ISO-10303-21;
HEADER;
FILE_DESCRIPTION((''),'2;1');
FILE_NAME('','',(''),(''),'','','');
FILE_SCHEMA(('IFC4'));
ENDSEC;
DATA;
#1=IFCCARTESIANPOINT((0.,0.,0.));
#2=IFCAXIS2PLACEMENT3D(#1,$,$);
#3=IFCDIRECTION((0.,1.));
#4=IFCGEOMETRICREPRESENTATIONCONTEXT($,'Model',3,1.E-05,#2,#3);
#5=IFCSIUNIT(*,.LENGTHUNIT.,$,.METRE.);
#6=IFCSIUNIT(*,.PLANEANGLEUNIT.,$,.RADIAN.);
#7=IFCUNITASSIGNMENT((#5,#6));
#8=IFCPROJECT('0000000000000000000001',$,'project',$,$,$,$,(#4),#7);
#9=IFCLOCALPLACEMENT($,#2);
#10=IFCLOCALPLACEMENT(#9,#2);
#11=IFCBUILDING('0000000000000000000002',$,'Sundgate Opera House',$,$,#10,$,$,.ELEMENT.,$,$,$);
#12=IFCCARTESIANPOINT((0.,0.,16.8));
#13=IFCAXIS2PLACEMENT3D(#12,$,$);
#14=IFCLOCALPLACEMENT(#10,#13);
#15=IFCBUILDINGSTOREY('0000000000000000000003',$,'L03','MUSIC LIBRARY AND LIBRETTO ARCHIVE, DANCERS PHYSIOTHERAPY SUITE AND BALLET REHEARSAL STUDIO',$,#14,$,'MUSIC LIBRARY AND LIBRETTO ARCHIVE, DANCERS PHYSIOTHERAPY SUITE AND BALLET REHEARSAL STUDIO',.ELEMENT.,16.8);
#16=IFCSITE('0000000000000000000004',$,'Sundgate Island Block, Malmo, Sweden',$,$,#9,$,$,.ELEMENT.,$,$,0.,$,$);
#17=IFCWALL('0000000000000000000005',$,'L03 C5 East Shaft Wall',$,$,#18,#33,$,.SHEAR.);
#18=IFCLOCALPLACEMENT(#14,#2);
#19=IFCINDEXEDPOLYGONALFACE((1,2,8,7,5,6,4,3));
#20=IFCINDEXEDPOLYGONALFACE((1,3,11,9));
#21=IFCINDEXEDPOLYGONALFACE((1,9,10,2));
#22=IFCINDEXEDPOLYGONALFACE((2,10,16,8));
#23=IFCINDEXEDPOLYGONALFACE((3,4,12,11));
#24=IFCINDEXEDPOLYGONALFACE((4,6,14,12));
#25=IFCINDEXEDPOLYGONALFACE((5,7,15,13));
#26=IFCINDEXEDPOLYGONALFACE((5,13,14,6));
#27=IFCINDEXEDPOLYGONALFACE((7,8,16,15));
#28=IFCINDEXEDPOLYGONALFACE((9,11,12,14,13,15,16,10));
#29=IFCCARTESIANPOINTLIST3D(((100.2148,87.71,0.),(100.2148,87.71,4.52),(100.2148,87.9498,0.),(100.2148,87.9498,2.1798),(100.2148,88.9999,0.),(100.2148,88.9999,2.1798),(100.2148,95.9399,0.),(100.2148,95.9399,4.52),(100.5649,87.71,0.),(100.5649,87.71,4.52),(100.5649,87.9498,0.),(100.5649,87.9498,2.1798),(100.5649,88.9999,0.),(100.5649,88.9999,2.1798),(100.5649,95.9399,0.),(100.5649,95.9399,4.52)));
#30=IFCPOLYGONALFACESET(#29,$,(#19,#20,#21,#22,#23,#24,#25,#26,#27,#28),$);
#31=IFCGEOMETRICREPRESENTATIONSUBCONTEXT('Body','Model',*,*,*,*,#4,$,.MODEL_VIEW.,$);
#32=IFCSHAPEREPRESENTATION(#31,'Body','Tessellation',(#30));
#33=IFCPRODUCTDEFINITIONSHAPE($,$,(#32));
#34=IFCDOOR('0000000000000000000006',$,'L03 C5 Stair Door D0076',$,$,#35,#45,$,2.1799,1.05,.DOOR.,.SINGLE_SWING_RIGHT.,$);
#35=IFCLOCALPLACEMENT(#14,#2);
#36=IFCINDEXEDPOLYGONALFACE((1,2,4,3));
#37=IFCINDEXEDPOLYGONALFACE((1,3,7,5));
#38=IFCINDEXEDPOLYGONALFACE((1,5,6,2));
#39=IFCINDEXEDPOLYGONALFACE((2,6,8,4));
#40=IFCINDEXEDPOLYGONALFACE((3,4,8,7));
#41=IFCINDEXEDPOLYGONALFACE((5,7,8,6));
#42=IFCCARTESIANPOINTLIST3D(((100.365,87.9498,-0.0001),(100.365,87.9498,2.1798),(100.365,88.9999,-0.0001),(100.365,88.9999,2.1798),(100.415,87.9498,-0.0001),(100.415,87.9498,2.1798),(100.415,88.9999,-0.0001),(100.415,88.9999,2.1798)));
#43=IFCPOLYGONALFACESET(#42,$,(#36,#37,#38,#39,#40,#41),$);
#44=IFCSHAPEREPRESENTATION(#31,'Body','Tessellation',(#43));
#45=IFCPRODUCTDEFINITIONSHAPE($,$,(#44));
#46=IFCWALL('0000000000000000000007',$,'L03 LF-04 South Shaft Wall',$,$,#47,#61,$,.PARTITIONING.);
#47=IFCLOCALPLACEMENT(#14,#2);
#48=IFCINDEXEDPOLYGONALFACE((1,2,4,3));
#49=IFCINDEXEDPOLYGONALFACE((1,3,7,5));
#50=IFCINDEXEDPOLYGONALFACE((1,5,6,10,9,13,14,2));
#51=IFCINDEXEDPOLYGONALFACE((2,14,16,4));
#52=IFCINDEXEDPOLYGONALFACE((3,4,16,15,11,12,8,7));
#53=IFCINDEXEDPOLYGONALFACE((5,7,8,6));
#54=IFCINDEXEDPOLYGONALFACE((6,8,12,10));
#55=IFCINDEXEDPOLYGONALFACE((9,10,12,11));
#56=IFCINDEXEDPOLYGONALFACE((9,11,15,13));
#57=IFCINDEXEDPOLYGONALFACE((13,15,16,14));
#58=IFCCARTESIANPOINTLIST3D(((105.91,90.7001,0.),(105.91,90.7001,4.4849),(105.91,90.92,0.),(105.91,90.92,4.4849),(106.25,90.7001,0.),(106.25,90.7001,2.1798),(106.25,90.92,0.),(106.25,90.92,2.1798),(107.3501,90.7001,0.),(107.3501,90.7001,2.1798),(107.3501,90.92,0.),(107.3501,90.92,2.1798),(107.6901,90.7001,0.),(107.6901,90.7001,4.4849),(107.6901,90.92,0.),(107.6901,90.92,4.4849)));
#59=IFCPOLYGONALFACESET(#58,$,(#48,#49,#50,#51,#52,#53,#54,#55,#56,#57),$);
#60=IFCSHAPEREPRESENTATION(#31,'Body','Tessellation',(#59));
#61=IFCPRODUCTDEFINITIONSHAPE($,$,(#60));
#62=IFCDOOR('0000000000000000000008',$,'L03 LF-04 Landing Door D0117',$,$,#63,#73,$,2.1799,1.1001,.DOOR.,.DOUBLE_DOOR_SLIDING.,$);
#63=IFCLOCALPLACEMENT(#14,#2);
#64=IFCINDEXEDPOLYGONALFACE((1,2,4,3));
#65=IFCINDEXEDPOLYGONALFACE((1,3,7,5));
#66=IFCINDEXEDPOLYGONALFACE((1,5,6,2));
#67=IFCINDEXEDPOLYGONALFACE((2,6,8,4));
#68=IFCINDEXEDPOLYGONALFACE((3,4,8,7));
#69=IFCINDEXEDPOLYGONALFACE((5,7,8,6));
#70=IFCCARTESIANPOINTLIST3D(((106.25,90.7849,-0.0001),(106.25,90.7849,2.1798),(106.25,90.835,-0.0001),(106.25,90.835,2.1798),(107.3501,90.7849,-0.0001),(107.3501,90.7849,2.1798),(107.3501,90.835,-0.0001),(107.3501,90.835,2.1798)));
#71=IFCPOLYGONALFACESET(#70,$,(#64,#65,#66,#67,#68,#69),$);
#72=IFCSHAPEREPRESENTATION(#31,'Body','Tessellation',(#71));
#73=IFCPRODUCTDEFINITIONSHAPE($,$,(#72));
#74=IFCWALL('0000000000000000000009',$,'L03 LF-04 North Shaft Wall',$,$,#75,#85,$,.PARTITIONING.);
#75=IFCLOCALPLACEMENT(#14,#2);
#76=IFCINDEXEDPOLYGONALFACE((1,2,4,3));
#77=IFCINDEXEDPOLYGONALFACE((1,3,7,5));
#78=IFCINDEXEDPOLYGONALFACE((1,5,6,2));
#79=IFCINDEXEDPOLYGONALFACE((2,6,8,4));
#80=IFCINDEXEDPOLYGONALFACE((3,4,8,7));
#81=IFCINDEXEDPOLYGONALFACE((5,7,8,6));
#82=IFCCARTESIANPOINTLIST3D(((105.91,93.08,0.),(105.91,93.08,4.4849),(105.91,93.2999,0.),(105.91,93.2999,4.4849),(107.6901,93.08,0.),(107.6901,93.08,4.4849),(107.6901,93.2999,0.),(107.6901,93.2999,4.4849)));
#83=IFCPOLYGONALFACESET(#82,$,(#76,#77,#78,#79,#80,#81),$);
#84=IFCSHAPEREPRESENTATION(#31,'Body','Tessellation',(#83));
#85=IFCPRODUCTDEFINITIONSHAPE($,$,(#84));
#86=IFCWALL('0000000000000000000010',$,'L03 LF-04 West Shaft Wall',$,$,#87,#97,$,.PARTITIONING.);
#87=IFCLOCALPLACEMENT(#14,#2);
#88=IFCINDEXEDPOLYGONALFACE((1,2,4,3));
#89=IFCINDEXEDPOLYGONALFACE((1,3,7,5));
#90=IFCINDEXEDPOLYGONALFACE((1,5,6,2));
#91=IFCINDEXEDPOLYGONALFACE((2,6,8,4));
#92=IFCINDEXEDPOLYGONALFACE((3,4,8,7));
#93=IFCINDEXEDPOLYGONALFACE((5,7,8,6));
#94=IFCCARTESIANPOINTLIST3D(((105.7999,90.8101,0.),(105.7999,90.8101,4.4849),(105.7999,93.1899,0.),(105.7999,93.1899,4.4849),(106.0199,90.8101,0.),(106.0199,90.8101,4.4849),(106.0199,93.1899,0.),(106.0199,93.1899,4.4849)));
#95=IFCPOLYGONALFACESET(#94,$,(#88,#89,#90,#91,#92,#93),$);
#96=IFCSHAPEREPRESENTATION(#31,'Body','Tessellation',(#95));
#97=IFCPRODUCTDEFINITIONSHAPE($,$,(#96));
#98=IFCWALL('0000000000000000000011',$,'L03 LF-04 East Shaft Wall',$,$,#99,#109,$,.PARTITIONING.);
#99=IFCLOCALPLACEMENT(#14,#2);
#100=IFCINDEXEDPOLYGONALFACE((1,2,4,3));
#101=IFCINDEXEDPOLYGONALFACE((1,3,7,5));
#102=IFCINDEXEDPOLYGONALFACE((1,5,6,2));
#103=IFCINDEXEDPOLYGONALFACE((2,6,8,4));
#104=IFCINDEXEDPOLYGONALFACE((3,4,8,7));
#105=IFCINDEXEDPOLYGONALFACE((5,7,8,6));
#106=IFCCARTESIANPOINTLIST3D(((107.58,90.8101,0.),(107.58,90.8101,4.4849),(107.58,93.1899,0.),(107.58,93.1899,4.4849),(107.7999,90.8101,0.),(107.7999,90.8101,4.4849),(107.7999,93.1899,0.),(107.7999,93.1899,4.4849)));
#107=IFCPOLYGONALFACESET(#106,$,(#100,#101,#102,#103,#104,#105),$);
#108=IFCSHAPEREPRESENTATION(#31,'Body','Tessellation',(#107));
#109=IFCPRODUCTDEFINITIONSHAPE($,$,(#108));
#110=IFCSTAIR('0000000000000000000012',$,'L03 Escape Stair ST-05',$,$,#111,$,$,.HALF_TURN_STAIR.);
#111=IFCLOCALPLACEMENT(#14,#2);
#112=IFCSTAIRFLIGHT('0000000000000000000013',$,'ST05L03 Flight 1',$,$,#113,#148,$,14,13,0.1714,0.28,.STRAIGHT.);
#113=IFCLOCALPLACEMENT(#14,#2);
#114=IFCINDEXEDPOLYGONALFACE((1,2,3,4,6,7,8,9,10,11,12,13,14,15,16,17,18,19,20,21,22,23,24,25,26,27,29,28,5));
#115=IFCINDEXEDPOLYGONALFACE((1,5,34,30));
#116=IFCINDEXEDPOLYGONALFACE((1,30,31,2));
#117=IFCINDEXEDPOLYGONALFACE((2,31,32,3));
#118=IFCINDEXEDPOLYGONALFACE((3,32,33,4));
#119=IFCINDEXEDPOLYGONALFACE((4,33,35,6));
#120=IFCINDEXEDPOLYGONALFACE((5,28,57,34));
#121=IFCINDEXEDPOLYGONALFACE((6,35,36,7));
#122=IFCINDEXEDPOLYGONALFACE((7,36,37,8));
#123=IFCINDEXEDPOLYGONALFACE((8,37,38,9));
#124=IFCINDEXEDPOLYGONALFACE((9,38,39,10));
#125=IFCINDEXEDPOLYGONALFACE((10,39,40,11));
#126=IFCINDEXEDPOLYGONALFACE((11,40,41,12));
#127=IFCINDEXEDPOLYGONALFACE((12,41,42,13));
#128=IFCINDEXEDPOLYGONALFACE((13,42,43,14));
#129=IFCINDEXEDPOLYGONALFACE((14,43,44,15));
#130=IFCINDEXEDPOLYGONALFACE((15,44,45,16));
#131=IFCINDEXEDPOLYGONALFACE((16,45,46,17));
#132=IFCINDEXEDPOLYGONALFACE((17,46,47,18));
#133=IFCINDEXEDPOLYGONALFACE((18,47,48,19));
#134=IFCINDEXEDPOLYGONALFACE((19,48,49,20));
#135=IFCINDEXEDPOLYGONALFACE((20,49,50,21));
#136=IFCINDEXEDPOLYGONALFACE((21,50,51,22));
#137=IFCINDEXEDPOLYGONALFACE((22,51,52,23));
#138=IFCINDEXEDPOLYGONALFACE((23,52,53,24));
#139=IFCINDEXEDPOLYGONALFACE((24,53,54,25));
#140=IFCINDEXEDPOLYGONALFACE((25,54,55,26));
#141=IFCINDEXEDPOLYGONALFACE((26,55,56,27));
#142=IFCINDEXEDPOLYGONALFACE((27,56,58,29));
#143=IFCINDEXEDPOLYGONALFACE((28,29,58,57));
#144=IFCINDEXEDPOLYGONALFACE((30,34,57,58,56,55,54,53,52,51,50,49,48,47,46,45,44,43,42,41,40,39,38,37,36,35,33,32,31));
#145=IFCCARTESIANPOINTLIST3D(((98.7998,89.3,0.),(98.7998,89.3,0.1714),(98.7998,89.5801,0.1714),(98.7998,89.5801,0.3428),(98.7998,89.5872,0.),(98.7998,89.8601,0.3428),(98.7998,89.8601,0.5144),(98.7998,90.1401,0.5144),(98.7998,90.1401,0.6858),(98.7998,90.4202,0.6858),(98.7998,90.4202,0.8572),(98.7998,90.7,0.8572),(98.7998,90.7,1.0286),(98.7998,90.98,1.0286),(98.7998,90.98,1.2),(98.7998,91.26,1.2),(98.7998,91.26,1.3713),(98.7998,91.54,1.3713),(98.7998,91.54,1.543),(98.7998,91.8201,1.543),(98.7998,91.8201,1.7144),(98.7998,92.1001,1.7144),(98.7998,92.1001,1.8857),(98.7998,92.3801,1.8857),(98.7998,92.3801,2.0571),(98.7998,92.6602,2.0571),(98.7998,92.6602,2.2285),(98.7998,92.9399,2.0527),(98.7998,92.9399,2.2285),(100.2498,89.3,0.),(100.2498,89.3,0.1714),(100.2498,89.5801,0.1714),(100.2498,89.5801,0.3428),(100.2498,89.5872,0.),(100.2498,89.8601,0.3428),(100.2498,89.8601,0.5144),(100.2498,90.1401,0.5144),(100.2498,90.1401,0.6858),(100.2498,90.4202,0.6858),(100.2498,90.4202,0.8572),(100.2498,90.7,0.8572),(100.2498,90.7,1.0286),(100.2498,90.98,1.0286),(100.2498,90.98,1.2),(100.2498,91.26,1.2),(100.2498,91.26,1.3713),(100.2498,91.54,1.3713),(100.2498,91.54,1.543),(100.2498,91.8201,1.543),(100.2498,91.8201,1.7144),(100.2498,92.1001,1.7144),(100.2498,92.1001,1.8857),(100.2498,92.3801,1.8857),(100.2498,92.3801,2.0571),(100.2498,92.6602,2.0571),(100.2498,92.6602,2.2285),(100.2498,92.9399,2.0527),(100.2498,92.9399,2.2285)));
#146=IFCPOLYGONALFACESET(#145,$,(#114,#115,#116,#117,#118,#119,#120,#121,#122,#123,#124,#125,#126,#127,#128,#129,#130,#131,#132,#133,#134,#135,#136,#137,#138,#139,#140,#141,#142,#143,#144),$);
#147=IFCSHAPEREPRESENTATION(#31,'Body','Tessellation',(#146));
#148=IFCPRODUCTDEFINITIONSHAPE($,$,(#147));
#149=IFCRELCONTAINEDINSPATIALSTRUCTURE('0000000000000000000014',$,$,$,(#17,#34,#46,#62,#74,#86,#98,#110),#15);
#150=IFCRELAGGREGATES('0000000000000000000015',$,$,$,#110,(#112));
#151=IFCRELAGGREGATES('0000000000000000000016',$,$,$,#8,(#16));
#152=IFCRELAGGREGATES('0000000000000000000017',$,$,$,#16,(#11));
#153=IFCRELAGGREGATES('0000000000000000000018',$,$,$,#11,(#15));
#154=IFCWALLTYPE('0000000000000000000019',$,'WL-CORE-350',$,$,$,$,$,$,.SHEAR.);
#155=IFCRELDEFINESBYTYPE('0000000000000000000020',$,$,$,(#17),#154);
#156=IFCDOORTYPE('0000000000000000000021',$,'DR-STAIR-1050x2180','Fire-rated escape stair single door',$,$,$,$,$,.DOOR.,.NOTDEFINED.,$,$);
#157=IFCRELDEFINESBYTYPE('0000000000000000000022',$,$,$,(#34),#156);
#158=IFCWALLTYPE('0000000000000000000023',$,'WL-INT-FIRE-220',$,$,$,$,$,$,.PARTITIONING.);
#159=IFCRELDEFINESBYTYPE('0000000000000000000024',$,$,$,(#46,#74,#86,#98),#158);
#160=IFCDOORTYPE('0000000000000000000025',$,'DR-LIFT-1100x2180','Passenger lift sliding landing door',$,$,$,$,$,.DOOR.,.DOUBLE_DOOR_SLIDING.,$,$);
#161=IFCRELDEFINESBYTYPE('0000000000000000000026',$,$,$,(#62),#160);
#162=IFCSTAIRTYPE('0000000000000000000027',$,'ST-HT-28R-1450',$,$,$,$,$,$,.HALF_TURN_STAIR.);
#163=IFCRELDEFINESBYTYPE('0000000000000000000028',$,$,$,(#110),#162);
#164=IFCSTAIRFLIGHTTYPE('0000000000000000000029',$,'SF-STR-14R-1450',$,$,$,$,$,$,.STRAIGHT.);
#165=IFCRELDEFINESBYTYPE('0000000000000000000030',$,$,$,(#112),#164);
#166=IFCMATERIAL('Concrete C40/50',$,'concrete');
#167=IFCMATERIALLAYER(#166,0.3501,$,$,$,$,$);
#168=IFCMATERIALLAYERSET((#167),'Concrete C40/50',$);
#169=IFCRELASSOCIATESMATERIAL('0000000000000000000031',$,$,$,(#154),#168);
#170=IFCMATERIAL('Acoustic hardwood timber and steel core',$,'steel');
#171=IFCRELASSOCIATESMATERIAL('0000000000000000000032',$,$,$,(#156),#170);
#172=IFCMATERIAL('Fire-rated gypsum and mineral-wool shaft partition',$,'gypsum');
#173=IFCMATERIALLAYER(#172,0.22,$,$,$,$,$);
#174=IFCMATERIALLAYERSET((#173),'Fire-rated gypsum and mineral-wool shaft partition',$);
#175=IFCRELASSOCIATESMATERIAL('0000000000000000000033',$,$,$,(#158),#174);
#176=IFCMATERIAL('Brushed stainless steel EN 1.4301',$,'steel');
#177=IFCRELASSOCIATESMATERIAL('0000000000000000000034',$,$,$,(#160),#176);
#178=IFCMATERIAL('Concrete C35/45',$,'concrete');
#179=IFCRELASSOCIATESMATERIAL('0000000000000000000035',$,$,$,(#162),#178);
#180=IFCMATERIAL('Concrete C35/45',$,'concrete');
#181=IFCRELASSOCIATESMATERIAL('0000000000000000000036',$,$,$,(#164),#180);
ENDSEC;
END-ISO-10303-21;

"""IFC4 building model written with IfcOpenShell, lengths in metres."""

from ifc_helpers import new_model, si_unit, direction, frame, frame_2d, origin, place, context, subcontext, project, spatial, polyline, rectangle, outline, extrude, material, layer, layer_set, type_object, element, fill, aggregate, save


model = new_model("IFC4")

# Units and contexts
model_context = context("Model", 3, precision=1e-05, world=origin(), true_north=direction((0.0, 1.0)))
body_context = subcontext(model_context, "Body", "Model", "MODEL_VIEW")
ifc_project = project(units=[si_unit("LENGTHUNIT", "METRE"), si_unit("PLANEANGLEUNIT", "RADIAN")], contexts=[model_context])

# Site, building, storey
site_placement = place(None, origin())
site = spatial("IfcSite", under=ifc_project, at=site_placement, Name="Sundgate Island Block, Malmo, Sweden", CompositionType="ELEMENT", RefElevation=0.0)
building_placement = place(site_placement, origin())
building = spatial("IfcBuilding", under=site, at=building_placement, Name="Sundgate Opera House", CompositionType="ELEMENT")
storey_placement = place(building_placement, frame((0.0, 0.0, 16.8)))
storey = spatial("IfcBuildingStorey", under=building, at=storey_placement, Name="L03", Description="MUSIC LIBRARY AND LIBRETTO ARCHIVE, DANCERS PHYSIOTHERAPY SUITE AND BALLET REHEARSAL STUDIO", LongName="MUSIC LIBRARY AND LIBRETTO ARCHIVE, DANCERS PHYSIOTHERAPY SUITE AND BALLET REHEARSAL STUDIO", CompositionType="ELEMENT", Elevation=16.8)

# Shared definitions
ifc_material_1 = material(Name="Concrete C40/50", Category="concrete")
ifc_layer_1 = layer(ifc_material_1, 0.3501)
ifc_layer_set_1 = layer_set([ifc_layer_1], Name="Concrete C40/50")
wall_type_1 = type_object("IfcWallType", Name="WL-CORE-350", PredefinedType="SHEAR", material=ifc_layer_set_1)

# Walls, openings, doors
wall_1_placement = place(storey_placement, frame((100.3899, 87.71, 0.0), z_axis=(0.0, 0.0, 1.0), x_axis=(0.0, 1.0, 0.0)))
wall_1 = element("IfcWall", 1, at=wall_1_placement, inside=storey, type_object=wall_type_1, Name="L03 C5 East Shaft Wall", PredefinedType="SHEAR", context=body_context, shape_type="SweptSolid", body=[
    extrude(rectangle(XDim=8.23, YDim=0.3501, at=frame_2d((4.115, 0.0))), origin(), (0.0, 0.0, 1.0), 4.52),
])
opening_1_placement = place(wall_1_placement, frame((0.24, 0.0, 0.0)))
opening_1 = element("IfcOpeningElement", 2, at=opening_1_placement, cuts=wall_1, PredefinedType="OPENING", context=body_context, shape_type="SweptSolid", body=[
    extrude(rectangle(XDim=1.05, YDim=2.1799, at=frame_2d((0.5249, 1.0898))), frame((0.0, 0.1851, 0.0), z_axis=(0.0, -1.0, 0.0), x_axis=(1.0, 0.0, 0.0)), (0.0, 0.0, 1.0), 0.3701),
])
ifc_material_2 = material(Name="Acoustic hardwood timber and steel core", Category="steel")
door_type_1 = type_object("IfcDoorType", Name="DR-STAIR-1050x2180", Description="Fire-rated escape stair single door", OperationType="NOTDEFINED", PredefinedType="DOOR", material=ifc_material_2)
door_1_placement = place(opening_1_placement, origin())
door_1 = element("IfcDoor", 3, at=door_1_placement, inside=storey, type_object=door_type_1, Name="L03 C5 Stair Door D0076", OperationType="SINGLE_SWING_RIGHT", OverallHeight=2.1799, OverallWidth=1.05, PredefinedType="DOOR", context=body_context, shape_type="SweptSolid", body=[
    extrude(rectangle(XDim=1.05, YDim=2.1799, at=frame_2d((0.5249, 1.0898))), frame((0.0, 0.0249, 0.0), z_axis=(0.0, -1.0, 0.0), x_axis=(1.0, 0.0, 0.0)), (0.0, 0.0, 1.0), 0.05),
])
fill(opening_1, door_1)
ifc_material_3 = material(Name="Fire-rated gypsum and mineral-wool shaft partition", Category="gypsum")
ifc_layer_2 = layer(ifc_material_3, 0.22)
ifc_layer_set_2 = layer_set([ifc_layer_2], Name="Fire-rated gypsum and mineral-wool shaft partition")
wall_type_2 = type_object("IfcWallType", Name="WL-INT-FIRE-220", PredefinedType="PARTITIONING", material=ifc_layer_set_2)
wall_2_placement = place(storey_placement, frame((105.9099, 90.8101, 0.0), z_axis=(0.0, 0.0, 1.0), x_axis=(1.0, 0.0, 0.0)))
wall_2 = element("IfcWall", 4, at=wall_2_placement, inside=storey, type_object=wall_type_2, Name="L03 LF-04 South Shaft Wall", PredefinedType="PARTITIONING", context=body_context, shape_type="SweptSolid", body=[
    extrude(rectangle(XDim=1.78, YDim=0.22, at=frame_2d((0.8901, 0.0))), origin(), (0.0, 0.0, 1.0), 4.4849),
])
opening_2_placement = place(wall_2_placement, frame((0.3401, 0.0, 0.0)))
opening_2 = element("IfcOpeningElement", 5, at=opening_2_placement, cuts=wall_2, PredefinedType="OPENING", context=body_context, shape_type="SweptSolid", body=[
    extrude(rectangle(XDim=1.1001, YDim=2.1799, at=frame_2d((0.55, 1.0898))), frame((0.0, 0.1199, 0.0), z_axis=(0.0, -1.0, 0.0), x_axis=(1.0, 0.0, 0.0)), (0.0, 0.0, 1.0), 0.24),
])
ifc_material_4 = material(Name="Brushed stainless steel EN 1.4301", Category="steel")
door_type_2 = type_object("IfcDoorType", Name="DR-LIFT-1100x2180", Description="Passenger lift sliding landing door", OperationType="DOUBLE_DOOR_SLIDING", PredefinedType="DOOR", material=ifc_material_4)
door_2_placement = place(opening_2_placement, origin())
door_2 = element("IfcDoor", 6, at=door_2_placement, inside=storey, type_object=door_type_2, Name="L03 LF-04 Landing Door D0117", OperationType="DOUBLE_DOOR_SLIDING", OverallHeight=2.1799, OverallWidth=1.1001, PredefinedType="DOOR", context=body_context, shape_type="SweptSolid", body=[
    extrude(rectangle(XDim=1.1001, YDim=2.1799, at=frame_2d((0.55, 1.0898))), frame((0.0, 0.0249, 0.0), z_axis=(0.0, -1.0, 0.0), x_axis=(1.0, 0.0, 0.0)), (0.0, 0.0, 1.0), 0.05),
])
fill(opening_2, door_2)

# Walls
wall_3_placement = place(storey_placement, frame((105.9099, 93.1899, 0.0), z_axis=(0.0, 0.0, 1.0), x_axis=(1.0, 0.0, 0.0)))
element("IfcWall", 7, at=wall_3_placement, inside=storey, type_object=wall_type_2, Name="L03 LF-04 North Shaft Wall", PredefinedType="PARTITIONING", context=body_context, shape_type="SweptSolid", body=[
    extrude(rectangle(XDim=1.78, YDim=0.22, at=frame_2d((0.8901, 0.0))), origin(), (0.0, 0.0, 1.0), 4.4849),
])
for number, where, z_axis, x_axis, name in (
    (8, (105.9099, 90.8101, 0.0), (0.0, 0.0, 1.0), (0.0, 1.0, 0.0), "L03 LF-04 West Shaft Wall"),
    (9, (107.6899, 90.8101, 0.0), (0.0, 0.0, 1.0), (0.0, 1.0, 0.0), "L03 LF-04 East Shaft Wall"),
):
    element("IfcWall", number, at=place(storey_placement, frame(where, z_axis=z_axis, x_axis=x_axis)), inside=storey, type_object=wall_type_2, Name=name, PredefinedType="PARTITIONING", context=body_context, shape_type="SweptSolid", body=[
        extrude(rectangle(XDim=2.3799, YDim=0.22, at=frame_2d((1.1899, 0.0))), origin(), (0.0, 0.0, 1.0), 4.4849),
    ])

# Stair, stair flight
ifc_material_5 = material(Name="Concrete C35/45", Category="concrete")
stair_type = type_object("IfcStairType", Name="ST-HT-28R-1450", PredefinedType="HALF_TURN_STAIR", material=ifc_material_5)
stair_placement = place(storey_placement, origin())
stair = element("IfcStair", 10, at=stair_placement, inside=storey, type_object=stair_type, Name="L03 Escape Stair ST-05", PredefinedType="HALF_TURN_STAIR")
ifc_material_6 = material(Name="Concrete C35/45", Category="concrete")
stair_flight_type = type_object("IfcStairFlightType", Name="SF-STR-14R-1450", PredefinedType="STRAIGHT", material=ifc_material_6)
stair_flight_1_placement = place(storey_placement, frame((99.5249, 89.3, 0.0), z_axis=(0.0, 0.0, 1.0), x_axis=(0.0, 1.0, 0.0)))
stair_flight_1 = element("IfcStairFlight", 11, at=stair_flight_1_placement, type_object=stair_flight_type, Name="ST05L03 Flight 1", NumberOfRisers=14, NumberOfTreads=13, PredefinedType="STRAIGHT", RiserHeight=0.1714, TreadLength=0.28, context=body_context, shape_type="SweptSolid", body=[
    extrude(outline(polyline([(0.0, 0.0), (0.0, 0.1714), (0.28, 0.1714), (0.28, 0.3428), (0.5601, 0.3428), (0.5601, 0.5144), (0.8401, 0.5144), (0.8401, 0.6858), (1.1201, 0.6858), (1.1201, 0.8572), (1.3999, 0.8572), (1.3999, 1.0286), (1.6799, 1.0286), (1.6799, 1.2), (1.96, 1.2), (1.96, 1.3713), (2.24, 1.3713), (2.24, 1.543), (2.52, 1.543), (2.52, 1.7144), (2.8, 1.7144), (2.8, 1.8857), (3.0801, 1.8857), (3.0801, 2.0571), (3.3601, 2.0571), (3.3601, 2.2285), (3.6399, 2.2285), (3.6399, 2.3999), (3.6399, 2.0527), (0.2871, 0.0), (0.0, 0.0)])), frame((0.0, 0.7251, 0.0), z_axis=(0.0, -1.0, 0.0), x_axis=(1.0, 0.0, 0.0)), (0.0, 0.0, 1.0), 1.45),
])
aggregate(stair, [stair_flight_1])

save(model, "model.ifc")
